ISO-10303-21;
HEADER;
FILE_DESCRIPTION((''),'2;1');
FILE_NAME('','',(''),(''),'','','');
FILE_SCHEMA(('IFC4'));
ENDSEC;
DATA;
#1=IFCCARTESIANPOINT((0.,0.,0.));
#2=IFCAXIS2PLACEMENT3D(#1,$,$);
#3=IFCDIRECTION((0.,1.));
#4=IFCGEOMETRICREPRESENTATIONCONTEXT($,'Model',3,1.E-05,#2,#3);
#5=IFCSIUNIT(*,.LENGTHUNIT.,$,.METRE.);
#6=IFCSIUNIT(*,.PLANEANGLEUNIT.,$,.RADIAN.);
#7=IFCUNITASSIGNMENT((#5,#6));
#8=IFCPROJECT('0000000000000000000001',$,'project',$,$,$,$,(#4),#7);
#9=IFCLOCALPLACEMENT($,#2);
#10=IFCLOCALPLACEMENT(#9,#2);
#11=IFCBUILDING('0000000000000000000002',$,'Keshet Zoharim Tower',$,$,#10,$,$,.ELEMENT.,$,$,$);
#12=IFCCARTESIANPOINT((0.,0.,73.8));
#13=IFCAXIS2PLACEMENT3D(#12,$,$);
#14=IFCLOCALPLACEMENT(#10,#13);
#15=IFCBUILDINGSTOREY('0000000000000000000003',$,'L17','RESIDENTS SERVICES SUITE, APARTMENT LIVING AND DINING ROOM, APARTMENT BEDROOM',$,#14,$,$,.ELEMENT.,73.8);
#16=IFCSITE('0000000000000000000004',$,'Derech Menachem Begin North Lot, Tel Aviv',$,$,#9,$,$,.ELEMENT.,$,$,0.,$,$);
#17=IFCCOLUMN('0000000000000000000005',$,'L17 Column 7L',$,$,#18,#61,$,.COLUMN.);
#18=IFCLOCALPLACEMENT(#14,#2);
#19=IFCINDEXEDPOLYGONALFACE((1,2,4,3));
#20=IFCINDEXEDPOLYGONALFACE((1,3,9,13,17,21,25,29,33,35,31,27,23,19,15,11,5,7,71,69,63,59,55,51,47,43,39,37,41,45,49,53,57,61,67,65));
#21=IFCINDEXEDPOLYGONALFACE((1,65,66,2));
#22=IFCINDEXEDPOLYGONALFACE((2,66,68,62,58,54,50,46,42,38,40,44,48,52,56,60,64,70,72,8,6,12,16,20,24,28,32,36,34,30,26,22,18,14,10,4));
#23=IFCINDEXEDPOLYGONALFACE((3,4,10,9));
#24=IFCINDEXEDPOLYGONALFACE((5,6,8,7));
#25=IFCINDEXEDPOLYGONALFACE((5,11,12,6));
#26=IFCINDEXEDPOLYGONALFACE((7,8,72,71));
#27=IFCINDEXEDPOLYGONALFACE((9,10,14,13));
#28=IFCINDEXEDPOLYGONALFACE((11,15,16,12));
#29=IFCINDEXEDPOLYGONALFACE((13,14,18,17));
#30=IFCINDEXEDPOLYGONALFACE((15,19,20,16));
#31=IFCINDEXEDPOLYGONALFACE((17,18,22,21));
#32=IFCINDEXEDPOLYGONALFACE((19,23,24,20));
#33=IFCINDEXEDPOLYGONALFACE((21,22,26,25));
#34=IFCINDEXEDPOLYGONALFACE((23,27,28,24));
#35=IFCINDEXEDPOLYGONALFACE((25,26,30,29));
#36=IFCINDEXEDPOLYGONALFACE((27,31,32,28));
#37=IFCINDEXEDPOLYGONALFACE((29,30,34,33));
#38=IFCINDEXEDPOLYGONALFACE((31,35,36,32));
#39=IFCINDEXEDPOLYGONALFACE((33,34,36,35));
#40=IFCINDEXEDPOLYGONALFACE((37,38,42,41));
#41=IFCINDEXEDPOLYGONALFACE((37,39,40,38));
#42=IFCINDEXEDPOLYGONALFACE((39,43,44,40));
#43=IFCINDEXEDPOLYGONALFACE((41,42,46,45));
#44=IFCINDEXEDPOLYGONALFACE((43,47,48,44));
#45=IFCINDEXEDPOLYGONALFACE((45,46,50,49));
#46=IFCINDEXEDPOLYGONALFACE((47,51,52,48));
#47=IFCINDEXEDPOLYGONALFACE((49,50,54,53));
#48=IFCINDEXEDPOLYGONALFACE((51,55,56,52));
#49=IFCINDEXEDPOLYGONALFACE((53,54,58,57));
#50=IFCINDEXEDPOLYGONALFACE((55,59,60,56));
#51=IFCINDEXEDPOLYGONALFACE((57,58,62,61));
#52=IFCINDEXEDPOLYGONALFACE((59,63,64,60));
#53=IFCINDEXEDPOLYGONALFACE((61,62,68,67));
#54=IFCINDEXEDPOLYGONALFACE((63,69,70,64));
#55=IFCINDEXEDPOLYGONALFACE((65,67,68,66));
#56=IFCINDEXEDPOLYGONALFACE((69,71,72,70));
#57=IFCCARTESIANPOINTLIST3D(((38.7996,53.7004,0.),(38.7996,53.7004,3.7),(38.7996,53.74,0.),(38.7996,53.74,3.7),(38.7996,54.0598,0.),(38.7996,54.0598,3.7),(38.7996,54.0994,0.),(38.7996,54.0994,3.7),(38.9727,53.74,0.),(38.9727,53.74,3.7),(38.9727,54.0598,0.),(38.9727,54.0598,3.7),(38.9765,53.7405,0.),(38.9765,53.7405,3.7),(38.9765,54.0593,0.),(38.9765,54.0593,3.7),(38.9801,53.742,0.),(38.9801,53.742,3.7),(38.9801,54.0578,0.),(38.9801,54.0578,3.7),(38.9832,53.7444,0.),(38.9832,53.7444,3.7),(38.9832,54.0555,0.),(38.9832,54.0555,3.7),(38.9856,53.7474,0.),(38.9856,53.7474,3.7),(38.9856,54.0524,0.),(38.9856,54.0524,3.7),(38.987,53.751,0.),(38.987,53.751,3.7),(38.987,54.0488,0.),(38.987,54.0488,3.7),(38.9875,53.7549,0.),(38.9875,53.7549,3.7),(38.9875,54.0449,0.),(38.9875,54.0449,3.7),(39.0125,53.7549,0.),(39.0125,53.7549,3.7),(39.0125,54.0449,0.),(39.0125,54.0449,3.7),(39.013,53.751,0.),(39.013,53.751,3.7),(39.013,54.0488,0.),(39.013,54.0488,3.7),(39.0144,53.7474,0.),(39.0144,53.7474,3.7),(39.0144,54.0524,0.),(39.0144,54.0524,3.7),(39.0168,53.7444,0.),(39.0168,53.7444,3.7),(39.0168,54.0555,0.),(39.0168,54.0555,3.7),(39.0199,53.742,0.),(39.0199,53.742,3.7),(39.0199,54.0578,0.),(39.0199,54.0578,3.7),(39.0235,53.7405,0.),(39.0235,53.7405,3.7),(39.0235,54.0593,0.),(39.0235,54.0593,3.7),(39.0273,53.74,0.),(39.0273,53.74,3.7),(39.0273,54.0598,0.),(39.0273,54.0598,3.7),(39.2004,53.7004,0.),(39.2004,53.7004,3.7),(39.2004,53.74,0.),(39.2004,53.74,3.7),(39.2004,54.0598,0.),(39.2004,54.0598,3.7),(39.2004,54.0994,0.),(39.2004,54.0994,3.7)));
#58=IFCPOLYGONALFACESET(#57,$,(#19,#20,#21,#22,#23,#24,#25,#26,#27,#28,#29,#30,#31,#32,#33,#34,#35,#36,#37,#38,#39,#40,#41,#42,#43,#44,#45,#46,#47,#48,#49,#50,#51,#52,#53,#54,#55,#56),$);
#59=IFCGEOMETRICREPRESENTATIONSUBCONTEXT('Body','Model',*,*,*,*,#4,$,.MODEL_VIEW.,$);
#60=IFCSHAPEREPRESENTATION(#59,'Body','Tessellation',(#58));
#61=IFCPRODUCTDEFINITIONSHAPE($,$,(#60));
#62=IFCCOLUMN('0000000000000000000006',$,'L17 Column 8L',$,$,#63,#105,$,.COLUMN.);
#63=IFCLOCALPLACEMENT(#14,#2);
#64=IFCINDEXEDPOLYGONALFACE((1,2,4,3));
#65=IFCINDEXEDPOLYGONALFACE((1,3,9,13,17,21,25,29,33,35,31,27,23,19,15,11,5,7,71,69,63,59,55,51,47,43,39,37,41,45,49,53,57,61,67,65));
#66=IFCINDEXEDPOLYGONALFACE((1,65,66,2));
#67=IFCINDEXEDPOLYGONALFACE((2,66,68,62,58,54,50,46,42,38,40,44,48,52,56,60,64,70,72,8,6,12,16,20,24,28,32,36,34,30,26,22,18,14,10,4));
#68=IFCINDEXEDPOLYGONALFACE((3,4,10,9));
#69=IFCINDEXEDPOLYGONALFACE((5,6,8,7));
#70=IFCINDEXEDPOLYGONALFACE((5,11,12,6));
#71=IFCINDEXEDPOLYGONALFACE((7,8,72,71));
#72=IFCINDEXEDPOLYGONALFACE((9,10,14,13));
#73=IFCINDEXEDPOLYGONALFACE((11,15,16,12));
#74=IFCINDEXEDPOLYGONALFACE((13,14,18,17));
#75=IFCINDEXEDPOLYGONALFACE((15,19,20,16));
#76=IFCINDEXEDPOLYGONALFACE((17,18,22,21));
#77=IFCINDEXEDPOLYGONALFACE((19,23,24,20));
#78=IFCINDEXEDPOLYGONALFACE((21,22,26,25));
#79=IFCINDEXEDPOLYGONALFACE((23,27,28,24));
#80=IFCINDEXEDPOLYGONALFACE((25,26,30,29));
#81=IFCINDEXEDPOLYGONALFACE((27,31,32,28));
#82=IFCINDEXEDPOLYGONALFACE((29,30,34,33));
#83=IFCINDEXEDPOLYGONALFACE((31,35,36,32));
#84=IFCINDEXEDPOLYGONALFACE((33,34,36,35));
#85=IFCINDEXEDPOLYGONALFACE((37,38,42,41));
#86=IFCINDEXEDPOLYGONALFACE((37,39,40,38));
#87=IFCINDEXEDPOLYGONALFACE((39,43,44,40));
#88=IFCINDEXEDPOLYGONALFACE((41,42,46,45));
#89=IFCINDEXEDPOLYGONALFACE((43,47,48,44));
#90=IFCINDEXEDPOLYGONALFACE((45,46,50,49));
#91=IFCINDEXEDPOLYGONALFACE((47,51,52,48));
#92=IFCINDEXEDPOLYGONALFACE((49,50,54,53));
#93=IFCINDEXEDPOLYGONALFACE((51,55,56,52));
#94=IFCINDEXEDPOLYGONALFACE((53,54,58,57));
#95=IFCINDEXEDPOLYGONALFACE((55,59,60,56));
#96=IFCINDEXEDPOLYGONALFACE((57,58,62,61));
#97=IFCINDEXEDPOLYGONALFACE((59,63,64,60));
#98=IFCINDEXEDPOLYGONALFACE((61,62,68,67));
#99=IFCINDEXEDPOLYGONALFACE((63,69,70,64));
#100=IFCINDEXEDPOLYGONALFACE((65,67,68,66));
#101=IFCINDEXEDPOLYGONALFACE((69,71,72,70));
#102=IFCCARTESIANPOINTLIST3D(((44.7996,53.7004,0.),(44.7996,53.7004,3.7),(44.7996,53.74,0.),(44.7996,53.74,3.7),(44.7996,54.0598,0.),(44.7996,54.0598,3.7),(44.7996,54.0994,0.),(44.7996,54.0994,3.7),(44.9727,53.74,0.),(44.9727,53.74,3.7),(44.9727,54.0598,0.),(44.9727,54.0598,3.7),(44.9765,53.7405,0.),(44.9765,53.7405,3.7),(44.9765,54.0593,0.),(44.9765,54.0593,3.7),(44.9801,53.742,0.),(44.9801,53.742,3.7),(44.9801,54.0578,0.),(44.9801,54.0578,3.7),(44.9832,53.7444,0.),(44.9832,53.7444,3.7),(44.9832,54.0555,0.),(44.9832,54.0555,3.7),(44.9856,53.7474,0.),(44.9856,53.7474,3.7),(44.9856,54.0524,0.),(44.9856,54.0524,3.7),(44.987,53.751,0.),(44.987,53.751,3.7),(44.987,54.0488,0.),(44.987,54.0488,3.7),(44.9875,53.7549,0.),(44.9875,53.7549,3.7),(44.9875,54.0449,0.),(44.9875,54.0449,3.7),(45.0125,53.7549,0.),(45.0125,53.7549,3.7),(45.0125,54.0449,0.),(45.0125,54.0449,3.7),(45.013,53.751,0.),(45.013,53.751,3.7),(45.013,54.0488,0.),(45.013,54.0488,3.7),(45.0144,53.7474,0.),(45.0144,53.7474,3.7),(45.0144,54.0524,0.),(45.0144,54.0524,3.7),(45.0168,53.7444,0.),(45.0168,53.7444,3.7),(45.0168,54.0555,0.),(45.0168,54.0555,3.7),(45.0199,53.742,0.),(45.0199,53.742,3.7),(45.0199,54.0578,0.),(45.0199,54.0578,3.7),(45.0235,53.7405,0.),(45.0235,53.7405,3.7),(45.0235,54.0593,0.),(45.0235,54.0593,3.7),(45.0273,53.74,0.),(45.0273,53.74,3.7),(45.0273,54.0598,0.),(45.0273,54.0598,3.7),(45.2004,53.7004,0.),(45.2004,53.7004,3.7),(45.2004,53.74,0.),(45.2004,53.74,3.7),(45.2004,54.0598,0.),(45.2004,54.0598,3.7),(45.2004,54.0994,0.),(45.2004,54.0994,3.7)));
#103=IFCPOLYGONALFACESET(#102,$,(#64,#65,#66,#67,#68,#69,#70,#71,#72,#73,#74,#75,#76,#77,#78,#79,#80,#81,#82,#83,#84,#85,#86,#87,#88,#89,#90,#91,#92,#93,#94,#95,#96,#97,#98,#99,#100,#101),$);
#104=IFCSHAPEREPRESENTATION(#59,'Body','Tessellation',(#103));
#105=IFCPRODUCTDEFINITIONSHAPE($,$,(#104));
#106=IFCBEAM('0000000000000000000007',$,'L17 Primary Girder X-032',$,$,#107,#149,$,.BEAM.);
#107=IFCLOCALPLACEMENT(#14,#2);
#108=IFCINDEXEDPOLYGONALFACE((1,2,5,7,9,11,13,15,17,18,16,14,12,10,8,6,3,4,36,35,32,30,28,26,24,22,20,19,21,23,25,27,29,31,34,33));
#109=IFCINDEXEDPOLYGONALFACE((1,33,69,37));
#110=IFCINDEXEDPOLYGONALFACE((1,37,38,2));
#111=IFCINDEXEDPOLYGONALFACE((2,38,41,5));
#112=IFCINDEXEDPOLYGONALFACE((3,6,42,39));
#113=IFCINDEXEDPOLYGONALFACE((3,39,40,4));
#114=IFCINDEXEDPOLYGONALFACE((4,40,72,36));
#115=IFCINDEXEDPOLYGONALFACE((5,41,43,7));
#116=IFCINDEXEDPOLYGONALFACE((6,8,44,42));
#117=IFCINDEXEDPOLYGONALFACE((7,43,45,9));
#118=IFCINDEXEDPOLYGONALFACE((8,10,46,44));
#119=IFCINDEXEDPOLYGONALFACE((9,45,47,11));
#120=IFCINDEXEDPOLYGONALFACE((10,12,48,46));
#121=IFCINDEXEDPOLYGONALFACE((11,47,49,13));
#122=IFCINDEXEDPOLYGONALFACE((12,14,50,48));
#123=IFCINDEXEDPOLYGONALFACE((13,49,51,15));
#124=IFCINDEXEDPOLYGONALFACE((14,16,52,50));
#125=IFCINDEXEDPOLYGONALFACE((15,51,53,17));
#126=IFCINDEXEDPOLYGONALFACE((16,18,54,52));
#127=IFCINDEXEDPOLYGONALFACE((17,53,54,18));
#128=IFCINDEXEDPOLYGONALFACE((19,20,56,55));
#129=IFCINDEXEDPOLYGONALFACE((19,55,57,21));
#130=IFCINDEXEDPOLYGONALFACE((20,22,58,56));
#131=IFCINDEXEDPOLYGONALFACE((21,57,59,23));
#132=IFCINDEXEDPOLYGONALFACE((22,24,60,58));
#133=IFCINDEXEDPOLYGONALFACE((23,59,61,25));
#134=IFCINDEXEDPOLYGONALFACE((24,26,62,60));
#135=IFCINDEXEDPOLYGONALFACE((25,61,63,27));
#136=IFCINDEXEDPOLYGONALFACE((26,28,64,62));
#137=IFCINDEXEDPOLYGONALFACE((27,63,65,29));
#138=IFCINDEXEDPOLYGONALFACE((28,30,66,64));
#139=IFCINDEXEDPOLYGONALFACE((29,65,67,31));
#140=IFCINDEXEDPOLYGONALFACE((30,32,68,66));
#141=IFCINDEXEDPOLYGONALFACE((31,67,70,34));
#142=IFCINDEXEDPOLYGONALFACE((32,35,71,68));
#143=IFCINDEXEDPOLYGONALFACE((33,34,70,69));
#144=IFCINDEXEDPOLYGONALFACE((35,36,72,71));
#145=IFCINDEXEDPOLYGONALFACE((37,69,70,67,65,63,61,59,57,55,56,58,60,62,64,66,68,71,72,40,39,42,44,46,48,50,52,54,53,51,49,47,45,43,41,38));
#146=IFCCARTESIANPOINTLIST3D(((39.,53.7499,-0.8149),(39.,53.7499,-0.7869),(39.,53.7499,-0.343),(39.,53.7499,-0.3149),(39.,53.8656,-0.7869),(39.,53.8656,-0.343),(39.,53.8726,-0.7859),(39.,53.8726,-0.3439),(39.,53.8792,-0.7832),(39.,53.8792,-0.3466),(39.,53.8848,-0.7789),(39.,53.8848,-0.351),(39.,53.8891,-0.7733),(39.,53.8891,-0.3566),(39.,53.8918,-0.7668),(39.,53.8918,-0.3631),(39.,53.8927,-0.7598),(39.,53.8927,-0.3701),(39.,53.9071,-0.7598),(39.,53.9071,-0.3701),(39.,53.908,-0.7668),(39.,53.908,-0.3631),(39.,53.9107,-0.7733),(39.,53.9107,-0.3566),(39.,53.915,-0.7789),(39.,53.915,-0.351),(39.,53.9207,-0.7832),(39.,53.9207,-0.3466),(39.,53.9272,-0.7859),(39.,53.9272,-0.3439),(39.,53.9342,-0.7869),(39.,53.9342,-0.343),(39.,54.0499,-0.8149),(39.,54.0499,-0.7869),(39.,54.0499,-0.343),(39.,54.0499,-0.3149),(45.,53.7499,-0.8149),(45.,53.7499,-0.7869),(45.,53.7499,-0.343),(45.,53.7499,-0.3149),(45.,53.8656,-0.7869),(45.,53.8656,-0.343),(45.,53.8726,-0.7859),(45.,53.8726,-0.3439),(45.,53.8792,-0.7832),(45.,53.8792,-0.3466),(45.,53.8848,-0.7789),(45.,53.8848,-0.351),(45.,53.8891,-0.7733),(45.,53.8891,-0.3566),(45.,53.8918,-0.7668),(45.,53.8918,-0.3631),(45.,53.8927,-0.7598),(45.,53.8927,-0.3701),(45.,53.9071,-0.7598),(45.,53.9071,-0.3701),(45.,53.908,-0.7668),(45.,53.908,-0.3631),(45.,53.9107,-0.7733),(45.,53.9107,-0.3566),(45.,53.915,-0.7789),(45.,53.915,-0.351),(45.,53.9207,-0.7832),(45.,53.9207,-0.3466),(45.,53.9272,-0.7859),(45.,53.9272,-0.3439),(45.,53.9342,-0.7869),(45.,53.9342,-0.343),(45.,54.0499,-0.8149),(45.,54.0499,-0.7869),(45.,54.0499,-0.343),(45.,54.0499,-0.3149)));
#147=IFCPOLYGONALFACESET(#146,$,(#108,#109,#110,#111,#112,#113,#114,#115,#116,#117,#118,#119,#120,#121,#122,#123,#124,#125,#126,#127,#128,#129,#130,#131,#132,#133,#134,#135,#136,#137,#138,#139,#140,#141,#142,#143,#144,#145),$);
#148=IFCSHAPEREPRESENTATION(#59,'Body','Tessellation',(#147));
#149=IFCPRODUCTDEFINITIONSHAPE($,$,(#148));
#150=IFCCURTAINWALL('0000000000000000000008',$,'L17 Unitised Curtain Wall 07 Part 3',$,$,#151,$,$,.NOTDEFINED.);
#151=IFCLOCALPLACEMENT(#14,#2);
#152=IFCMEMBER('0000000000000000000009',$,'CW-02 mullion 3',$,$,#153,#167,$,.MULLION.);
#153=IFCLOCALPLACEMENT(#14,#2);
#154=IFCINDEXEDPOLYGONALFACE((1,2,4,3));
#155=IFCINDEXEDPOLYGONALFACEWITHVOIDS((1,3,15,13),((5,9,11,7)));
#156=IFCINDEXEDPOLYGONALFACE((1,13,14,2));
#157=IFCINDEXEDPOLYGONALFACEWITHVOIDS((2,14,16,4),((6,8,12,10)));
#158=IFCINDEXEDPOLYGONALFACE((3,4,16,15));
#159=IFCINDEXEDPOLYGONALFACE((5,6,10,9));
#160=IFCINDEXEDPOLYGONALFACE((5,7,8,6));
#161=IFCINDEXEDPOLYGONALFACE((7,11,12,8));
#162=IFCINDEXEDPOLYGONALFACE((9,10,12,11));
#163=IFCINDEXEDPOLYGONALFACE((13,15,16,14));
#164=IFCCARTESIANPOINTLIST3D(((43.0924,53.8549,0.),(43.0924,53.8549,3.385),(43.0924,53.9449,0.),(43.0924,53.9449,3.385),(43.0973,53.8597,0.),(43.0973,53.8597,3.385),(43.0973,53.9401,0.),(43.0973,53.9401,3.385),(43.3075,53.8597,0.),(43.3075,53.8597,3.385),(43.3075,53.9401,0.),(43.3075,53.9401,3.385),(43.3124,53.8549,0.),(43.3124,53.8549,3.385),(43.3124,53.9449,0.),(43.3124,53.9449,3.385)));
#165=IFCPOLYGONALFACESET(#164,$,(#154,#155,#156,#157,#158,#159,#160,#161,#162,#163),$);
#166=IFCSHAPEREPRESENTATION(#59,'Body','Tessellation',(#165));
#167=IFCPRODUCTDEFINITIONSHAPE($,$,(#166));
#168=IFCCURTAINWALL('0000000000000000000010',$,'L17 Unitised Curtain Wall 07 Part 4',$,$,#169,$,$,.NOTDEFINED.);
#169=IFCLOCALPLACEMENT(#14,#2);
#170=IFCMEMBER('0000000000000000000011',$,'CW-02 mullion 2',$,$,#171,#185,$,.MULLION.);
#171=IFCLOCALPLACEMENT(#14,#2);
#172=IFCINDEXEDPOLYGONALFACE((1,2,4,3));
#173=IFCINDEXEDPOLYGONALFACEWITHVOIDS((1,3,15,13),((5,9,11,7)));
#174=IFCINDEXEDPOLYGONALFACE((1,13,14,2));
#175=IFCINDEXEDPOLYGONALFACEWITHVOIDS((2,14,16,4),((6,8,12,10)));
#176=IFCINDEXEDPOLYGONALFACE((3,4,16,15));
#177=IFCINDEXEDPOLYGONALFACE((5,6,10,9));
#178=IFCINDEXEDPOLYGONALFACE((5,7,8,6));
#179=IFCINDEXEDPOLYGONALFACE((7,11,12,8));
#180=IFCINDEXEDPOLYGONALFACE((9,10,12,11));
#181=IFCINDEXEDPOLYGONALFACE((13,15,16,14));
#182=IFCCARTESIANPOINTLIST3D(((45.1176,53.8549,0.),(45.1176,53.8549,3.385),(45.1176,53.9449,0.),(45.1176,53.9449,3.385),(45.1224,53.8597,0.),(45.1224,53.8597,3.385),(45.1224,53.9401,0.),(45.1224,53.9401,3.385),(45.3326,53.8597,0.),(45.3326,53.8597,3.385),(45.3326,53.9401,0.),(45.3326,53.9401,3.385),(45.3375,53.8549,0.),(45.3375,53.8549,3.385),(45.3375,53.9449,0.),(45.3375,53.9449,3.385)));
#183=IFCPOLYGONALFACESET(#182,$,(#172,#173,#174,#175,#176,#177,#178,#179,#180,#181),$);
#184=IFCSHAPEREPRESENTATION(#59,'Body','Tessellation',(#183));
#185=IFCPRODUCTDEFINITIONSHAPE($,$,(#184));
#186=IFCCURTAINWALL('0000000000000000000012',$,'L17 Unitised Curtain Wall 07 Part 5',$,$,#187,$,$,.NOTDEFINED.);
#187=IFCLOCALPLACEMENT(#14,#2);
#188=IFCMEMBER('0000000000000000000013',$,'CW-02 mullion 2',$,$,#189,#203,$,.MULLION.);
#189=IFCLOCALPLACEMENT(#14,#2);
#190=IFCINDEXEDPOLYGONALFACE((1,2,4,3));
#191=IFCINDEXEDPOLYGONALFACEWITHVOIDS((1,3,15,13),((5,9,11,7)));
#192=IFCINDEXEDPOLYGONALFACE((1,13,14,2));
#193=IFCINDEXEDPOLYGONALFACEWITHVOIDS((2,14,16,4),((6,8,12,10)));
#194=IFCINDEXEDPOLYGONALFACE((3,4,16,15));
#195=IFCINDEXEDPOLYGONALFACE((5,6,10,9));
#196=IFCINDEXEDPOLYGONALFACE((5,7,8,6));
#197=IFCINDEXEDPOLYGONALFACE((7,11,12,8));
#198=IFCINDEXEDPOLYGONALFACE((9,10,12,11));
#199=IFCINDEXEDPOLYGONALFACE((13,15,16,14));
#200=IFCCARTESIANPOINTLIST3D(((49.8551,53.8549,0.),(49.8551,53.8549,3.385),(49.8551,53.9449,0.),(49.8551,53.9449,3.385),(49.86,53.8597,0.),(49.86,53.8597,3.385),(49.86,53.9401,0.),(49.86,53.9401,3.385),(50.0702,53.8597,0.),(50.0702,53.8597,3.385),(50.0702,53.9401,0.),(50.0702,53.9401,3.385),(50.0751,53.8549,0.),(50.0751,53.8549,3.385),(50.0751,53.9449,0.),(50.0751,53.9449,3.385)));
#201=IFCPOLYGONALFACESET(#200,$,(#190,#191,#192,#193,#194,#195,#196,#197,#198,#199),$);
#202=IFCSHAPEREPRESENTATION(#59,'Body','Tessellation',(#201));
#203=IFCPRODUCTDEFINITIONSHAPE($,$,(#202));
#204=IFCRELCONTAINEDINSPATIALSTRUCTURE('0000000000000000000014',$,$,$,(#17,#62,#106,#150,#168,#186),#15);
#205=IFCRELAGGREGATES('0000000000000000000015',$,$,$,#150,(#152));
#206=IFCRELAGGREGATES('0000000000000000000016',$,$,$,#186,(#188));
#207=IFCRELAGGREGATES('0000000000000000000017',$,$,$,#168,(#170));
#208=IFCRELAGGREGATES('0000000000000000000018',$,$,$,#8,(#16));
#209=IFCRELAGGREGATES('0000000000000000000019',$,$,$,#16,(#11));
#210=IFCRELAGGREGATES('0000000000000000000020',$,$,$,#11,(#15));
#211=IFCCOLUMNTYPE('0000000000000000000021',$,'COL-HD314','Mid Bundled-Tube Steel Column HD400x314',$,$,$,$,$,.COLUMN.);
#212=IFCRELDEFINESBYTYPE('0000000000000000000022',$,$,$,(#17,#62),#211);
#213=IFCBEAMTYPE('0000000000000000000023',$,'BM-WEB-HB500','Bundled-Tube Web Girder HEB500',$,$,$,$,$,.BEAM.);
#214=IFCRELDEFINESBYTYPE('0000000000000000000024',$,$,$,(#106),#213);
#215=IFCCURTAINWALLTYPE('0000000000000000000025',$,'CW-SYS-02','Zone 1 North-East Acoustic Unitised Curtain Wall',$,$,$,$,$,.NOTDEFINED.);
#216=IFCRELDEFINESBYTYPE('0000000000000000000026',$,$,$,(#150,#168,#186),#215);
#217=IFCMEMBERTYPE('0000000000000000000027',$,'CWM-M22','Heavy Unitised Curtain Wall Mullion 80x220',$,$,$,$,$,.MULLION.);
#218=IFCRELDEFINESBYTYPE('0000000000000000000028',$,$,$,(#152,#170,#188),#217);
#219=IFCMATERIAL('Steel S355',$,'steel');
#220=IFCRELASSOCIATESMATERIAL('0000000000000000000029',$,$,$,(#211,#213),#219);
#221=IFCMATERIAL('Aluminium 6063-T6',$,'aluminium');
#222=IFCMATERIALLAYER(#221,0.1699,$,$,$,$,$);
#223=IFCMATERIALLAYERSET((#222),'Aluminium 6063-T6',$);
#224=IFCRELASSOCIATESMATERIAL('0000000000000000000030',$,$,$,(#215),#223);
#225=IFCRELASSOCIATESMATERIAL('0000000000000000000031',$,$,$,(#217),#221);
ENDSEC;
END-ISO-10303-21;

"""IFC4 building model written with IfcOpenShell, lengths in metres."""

from ifc_helpers import new_model, si_unit, direction, frame, origin, origin_2d, place, context, subcontext, project, spatial, hollow_rectangle, i_section, extrude, material, layer, layer_set, material_profile, profile_set, type_object, element, aggregate, save


model = new_model("IFC4")

# Units and contexts
model_context = context("Model", 3, precision=1e-05, world=origin(), true_north=direction((0.0, 1.0)))
body_context = subcontext(model_context, "Body", "Model", "MODEL_VIEW")
ifc_project = project(units=[si_unit("LENGTHUNIT", "METRE"), si_unit("PLANEANGLEUNIT", "RADIAN")], contexts=[model_context])

# Site, building, storey
site_placement = place(None, origin())
site = spatial("IfcSite", under=ifc_project, at=site_placement, Name="Derech Menachem Begin North Lot, Tel Aviv", CompositionType="ELEMENT", RefElevation=0.0)
building_placement = place(site_placement, origin())
building = spatial("IfcBuilding", under=site, at=building_placement, Name="Keshet Zoharim Tower", CompositionType="ELEMENT")
storey_placement = place(building_placement, frame((0.0, 0.0, 73.8)))
storey = spatial("IfcBuildingStorey", under=building, at=storey_placement, Name="L17", Description="RESIDENTS SERVICES SUITE, APARTMENT LIVING AND DINING ROOM, APARTMENT BEDROOM", CompositionType="ELEMENT", Elevation=73.8)

# Columns
ifc_material_1 = material(Name="Steel S355", Category="steel")
ifc_material_profile_1 = material_profile(ifc_material_1, i_section(OverallWidth=0.4009, OverallDepth=0.3989, WebThickness=0.0249, FlangeThickness=0.0396, FilletRadius=0.0149, at=origin_2d()), Name="HD400x314")
ifc_profile_set_1 = profile_set([ifc_material_profile_1], Name="Steel S355")
column_type = type_object("IfcColumnType", Name="COL-HD314", Description="Mid Bundled-Tube Steel Column HD400x314", PredefinedType="COLUMN", material=ifc_profile_set_1)
for number, where, z_axis, x_axis, name in (
    (1, (39.0, 53.8999, 0.0), (0.0, 0.0, 1.0), (1.0, 0.0, 0.0), "L17 Column 7L"),
    (2, (45.0, 53.8999, 0.0), (0.0, 0.0, 1.0), (1.0, 0.0, 0.0), "L17 Column 8L"),
):
    element("IfcColumn", number, at=place(storey_placement, frame(where, z_axis=z_axis, x_axis=x_axis)), inside=storey, type_object=column_type, Name=name, PredefinedType="COLUMN", context=body_context, shape_type="SweptSolid", body=[
        extrude(i_section(OverallWidth=0.4009, OverallDepth=0.3989, WebThickness=0.0249, FlangeThickness=0.0396, FilletRadius=0.0149, at=origin_2d()), origin(), (0.0, 0.0, 1.0), 3.7),
    ])

# Beam
ifc_material_profile_2 = material_profile(ifc_material_1, i_section(OverallWidth=0.3, OverallDepth=0.5, WebThickness=0.0144, FlangeThickness=0.0281, FilletRadius=0.0271, at=origin_2d()), Name="HEB500")
ifc_profile_set_2 = profile_set([ifc_material_profile_2], Name="Steel S355")
beam_type = type_object("IfcBeamType", Name="BM-WEB-HB500", Description="Bundled-Tube Web Girder HEB500", PredefinedType="BEAM", material=ifc_profile_set_2)
beam_placement = place(storey_placement, frame((39.0, 53.8999, -0.5649), z_axis=(1.0, 0.0, 0.0), x_axis=(0.0, 1.0, 0.0)))
element("IfcBeam", 3, at=beam_placement, inside=storey, type_object=beam_type, Name="L17 Primary Girder X-032", PredefinedType="BEAM", context=body_context, shape_type="SweptSolid", body=[
    extrude(i_section(OverallWidth=0.3, OverallDepth=0.5, WebThickness=0.0144, FlangeThickness=0.0281, FilletRadius=0.0271, at=origin_2d()), origin(), (0.0, 0.0, 1.0), 6.0),
])

# Curtain walls, members
ifc_material_2 = material(Name="Aluminium 6063-T6", Category="aluminium")
ifc_layer_1 = layer(ifc_material_2, 0.1699)
ifc_layer_set_1 = layer_set([ifc_layer_1], Name="Aluminium 6063-T6")
curtain_wall_type = type_object("IfcCurtainWallType", Name="CW-SYS-02", Description="Zone 1 North-East Acoustic Unitised Curtain Wall", PredefinedType="NOTDEFINED", material=ifc_layer_set_1)
curtain_wall_1_placement = place(storey_placement, origin())
curtain_wall_1 = element("IfcCurtainWall", 4, at=curtain_wall_1_placement, inside=storey, type_object=curtain_wall_type, Name="L17 Unitised Curtain Wall 07 Part 3", PredefinedType="NOTDEFINED")
ifc_material_profile_3 = material_profile(ifc_material_2, hollow_rectangle(XDim=0.0901, YDim=0.22, WallThickness=0.0049, at=origin_2d()), Name="MUL-90x220")
ifc_profile_set_3 = profile_set([ifc_material_profile_3], Name="Aluminium 6063-T6")
member_type_1 = type_object("IfcMemberType", Name="CWM-M22", Description="Heavy Unitised Curtain Wall Mullion 80x220", PredefinedType="MULLION", material=ifc_profile_set_3)
member_1_placement = place(storey_placement, frame((43.2024, 53.8999, 0.0), z_axis=(0.0, 0.0, 1.0), x_axis=(0.0, 1.0, 0.0)))
member_1 = element("IfcMember", 5, at=member_1_placement, type_object=member_type_1, Name="CW-02 mullion 3", PredefinedType="MULLION", context=body_context, shape_type="SweptSolid", body=[
    extrude(hollow_rectangle(XDim=0.0901, YDim=0.22, WallThickness=0.0049, at=origin_2d()), origin(), (0.0, 0.0, 1.0), 3.385),
])
curtain_wall_2_placement = place(storey_placement, origin())
curtain_wall_2 = element("IfcCurtainWall", 6, at=curtain_wall_2_placement, inside=storey, type_object=curtain_wall_type, Name="L17 Unitised Curtain Wall 07 Part 4", PredefinedType="NOTDEFINED")
member_2_placement = place(storey_placement, frame((45.2275, 53.8999, 0.0), z_axis=(0.0, 0.0, 1.0), x_axis=(0.0, 1.0, 0.0)))
member_2 = element("IfcMember", 7, at=member_2_placement, type_object=member_type_1, Name="CW-02 mullion 2", PredefinedType="MULLION", context=body_context, shape_type="SweptSolid", body=[
    extrude(hollow_rectangle(XDim=0.0901, YDim=0.22, WallThickness=0.0049, at=origin_2d()), origin(), (0.0, 0.0, 1.0), 3.385),
])
curtain_wall_3_placement = place(storey_placement, origin())
curtain_wall_3 = element("IfcCurtainWall", 8, at=curtain_wall_3_placement, inside=storey, type_object=curtain_wall_type, Name="L17 Unitised Curtain Wall 07 Part 5", PredefinedType="NOTDEFINED")
member_3_placement = place(storey_placement, frame((49.9651, 53.8999, 0.0), z_axis=(0.0, 0.0, 1.0), x_axis=(0.0, 1.0, 0.0)))
member_3 = element("IfcMember", 9, at=member_3_placement, type_object=member_type_1, Name="CW-02 mullion 2", PredefinedType="MULLION", context=body_context, shape_type="SweptSolid", body=[
    extrude(hollow_rectangle(XDim=0.0901, YDim=0.22, WallThickness=0.0049, at=origin_2d()), origin(), (0.0, 0.0, 1.0), 3.385),
])

aggregate(curtain_wall_1, [member_1])
aggregate(curtain_wall_3, [member_3])
aggregate(curtain_wall_2, [member_2])

save(model, "model.ifc")
